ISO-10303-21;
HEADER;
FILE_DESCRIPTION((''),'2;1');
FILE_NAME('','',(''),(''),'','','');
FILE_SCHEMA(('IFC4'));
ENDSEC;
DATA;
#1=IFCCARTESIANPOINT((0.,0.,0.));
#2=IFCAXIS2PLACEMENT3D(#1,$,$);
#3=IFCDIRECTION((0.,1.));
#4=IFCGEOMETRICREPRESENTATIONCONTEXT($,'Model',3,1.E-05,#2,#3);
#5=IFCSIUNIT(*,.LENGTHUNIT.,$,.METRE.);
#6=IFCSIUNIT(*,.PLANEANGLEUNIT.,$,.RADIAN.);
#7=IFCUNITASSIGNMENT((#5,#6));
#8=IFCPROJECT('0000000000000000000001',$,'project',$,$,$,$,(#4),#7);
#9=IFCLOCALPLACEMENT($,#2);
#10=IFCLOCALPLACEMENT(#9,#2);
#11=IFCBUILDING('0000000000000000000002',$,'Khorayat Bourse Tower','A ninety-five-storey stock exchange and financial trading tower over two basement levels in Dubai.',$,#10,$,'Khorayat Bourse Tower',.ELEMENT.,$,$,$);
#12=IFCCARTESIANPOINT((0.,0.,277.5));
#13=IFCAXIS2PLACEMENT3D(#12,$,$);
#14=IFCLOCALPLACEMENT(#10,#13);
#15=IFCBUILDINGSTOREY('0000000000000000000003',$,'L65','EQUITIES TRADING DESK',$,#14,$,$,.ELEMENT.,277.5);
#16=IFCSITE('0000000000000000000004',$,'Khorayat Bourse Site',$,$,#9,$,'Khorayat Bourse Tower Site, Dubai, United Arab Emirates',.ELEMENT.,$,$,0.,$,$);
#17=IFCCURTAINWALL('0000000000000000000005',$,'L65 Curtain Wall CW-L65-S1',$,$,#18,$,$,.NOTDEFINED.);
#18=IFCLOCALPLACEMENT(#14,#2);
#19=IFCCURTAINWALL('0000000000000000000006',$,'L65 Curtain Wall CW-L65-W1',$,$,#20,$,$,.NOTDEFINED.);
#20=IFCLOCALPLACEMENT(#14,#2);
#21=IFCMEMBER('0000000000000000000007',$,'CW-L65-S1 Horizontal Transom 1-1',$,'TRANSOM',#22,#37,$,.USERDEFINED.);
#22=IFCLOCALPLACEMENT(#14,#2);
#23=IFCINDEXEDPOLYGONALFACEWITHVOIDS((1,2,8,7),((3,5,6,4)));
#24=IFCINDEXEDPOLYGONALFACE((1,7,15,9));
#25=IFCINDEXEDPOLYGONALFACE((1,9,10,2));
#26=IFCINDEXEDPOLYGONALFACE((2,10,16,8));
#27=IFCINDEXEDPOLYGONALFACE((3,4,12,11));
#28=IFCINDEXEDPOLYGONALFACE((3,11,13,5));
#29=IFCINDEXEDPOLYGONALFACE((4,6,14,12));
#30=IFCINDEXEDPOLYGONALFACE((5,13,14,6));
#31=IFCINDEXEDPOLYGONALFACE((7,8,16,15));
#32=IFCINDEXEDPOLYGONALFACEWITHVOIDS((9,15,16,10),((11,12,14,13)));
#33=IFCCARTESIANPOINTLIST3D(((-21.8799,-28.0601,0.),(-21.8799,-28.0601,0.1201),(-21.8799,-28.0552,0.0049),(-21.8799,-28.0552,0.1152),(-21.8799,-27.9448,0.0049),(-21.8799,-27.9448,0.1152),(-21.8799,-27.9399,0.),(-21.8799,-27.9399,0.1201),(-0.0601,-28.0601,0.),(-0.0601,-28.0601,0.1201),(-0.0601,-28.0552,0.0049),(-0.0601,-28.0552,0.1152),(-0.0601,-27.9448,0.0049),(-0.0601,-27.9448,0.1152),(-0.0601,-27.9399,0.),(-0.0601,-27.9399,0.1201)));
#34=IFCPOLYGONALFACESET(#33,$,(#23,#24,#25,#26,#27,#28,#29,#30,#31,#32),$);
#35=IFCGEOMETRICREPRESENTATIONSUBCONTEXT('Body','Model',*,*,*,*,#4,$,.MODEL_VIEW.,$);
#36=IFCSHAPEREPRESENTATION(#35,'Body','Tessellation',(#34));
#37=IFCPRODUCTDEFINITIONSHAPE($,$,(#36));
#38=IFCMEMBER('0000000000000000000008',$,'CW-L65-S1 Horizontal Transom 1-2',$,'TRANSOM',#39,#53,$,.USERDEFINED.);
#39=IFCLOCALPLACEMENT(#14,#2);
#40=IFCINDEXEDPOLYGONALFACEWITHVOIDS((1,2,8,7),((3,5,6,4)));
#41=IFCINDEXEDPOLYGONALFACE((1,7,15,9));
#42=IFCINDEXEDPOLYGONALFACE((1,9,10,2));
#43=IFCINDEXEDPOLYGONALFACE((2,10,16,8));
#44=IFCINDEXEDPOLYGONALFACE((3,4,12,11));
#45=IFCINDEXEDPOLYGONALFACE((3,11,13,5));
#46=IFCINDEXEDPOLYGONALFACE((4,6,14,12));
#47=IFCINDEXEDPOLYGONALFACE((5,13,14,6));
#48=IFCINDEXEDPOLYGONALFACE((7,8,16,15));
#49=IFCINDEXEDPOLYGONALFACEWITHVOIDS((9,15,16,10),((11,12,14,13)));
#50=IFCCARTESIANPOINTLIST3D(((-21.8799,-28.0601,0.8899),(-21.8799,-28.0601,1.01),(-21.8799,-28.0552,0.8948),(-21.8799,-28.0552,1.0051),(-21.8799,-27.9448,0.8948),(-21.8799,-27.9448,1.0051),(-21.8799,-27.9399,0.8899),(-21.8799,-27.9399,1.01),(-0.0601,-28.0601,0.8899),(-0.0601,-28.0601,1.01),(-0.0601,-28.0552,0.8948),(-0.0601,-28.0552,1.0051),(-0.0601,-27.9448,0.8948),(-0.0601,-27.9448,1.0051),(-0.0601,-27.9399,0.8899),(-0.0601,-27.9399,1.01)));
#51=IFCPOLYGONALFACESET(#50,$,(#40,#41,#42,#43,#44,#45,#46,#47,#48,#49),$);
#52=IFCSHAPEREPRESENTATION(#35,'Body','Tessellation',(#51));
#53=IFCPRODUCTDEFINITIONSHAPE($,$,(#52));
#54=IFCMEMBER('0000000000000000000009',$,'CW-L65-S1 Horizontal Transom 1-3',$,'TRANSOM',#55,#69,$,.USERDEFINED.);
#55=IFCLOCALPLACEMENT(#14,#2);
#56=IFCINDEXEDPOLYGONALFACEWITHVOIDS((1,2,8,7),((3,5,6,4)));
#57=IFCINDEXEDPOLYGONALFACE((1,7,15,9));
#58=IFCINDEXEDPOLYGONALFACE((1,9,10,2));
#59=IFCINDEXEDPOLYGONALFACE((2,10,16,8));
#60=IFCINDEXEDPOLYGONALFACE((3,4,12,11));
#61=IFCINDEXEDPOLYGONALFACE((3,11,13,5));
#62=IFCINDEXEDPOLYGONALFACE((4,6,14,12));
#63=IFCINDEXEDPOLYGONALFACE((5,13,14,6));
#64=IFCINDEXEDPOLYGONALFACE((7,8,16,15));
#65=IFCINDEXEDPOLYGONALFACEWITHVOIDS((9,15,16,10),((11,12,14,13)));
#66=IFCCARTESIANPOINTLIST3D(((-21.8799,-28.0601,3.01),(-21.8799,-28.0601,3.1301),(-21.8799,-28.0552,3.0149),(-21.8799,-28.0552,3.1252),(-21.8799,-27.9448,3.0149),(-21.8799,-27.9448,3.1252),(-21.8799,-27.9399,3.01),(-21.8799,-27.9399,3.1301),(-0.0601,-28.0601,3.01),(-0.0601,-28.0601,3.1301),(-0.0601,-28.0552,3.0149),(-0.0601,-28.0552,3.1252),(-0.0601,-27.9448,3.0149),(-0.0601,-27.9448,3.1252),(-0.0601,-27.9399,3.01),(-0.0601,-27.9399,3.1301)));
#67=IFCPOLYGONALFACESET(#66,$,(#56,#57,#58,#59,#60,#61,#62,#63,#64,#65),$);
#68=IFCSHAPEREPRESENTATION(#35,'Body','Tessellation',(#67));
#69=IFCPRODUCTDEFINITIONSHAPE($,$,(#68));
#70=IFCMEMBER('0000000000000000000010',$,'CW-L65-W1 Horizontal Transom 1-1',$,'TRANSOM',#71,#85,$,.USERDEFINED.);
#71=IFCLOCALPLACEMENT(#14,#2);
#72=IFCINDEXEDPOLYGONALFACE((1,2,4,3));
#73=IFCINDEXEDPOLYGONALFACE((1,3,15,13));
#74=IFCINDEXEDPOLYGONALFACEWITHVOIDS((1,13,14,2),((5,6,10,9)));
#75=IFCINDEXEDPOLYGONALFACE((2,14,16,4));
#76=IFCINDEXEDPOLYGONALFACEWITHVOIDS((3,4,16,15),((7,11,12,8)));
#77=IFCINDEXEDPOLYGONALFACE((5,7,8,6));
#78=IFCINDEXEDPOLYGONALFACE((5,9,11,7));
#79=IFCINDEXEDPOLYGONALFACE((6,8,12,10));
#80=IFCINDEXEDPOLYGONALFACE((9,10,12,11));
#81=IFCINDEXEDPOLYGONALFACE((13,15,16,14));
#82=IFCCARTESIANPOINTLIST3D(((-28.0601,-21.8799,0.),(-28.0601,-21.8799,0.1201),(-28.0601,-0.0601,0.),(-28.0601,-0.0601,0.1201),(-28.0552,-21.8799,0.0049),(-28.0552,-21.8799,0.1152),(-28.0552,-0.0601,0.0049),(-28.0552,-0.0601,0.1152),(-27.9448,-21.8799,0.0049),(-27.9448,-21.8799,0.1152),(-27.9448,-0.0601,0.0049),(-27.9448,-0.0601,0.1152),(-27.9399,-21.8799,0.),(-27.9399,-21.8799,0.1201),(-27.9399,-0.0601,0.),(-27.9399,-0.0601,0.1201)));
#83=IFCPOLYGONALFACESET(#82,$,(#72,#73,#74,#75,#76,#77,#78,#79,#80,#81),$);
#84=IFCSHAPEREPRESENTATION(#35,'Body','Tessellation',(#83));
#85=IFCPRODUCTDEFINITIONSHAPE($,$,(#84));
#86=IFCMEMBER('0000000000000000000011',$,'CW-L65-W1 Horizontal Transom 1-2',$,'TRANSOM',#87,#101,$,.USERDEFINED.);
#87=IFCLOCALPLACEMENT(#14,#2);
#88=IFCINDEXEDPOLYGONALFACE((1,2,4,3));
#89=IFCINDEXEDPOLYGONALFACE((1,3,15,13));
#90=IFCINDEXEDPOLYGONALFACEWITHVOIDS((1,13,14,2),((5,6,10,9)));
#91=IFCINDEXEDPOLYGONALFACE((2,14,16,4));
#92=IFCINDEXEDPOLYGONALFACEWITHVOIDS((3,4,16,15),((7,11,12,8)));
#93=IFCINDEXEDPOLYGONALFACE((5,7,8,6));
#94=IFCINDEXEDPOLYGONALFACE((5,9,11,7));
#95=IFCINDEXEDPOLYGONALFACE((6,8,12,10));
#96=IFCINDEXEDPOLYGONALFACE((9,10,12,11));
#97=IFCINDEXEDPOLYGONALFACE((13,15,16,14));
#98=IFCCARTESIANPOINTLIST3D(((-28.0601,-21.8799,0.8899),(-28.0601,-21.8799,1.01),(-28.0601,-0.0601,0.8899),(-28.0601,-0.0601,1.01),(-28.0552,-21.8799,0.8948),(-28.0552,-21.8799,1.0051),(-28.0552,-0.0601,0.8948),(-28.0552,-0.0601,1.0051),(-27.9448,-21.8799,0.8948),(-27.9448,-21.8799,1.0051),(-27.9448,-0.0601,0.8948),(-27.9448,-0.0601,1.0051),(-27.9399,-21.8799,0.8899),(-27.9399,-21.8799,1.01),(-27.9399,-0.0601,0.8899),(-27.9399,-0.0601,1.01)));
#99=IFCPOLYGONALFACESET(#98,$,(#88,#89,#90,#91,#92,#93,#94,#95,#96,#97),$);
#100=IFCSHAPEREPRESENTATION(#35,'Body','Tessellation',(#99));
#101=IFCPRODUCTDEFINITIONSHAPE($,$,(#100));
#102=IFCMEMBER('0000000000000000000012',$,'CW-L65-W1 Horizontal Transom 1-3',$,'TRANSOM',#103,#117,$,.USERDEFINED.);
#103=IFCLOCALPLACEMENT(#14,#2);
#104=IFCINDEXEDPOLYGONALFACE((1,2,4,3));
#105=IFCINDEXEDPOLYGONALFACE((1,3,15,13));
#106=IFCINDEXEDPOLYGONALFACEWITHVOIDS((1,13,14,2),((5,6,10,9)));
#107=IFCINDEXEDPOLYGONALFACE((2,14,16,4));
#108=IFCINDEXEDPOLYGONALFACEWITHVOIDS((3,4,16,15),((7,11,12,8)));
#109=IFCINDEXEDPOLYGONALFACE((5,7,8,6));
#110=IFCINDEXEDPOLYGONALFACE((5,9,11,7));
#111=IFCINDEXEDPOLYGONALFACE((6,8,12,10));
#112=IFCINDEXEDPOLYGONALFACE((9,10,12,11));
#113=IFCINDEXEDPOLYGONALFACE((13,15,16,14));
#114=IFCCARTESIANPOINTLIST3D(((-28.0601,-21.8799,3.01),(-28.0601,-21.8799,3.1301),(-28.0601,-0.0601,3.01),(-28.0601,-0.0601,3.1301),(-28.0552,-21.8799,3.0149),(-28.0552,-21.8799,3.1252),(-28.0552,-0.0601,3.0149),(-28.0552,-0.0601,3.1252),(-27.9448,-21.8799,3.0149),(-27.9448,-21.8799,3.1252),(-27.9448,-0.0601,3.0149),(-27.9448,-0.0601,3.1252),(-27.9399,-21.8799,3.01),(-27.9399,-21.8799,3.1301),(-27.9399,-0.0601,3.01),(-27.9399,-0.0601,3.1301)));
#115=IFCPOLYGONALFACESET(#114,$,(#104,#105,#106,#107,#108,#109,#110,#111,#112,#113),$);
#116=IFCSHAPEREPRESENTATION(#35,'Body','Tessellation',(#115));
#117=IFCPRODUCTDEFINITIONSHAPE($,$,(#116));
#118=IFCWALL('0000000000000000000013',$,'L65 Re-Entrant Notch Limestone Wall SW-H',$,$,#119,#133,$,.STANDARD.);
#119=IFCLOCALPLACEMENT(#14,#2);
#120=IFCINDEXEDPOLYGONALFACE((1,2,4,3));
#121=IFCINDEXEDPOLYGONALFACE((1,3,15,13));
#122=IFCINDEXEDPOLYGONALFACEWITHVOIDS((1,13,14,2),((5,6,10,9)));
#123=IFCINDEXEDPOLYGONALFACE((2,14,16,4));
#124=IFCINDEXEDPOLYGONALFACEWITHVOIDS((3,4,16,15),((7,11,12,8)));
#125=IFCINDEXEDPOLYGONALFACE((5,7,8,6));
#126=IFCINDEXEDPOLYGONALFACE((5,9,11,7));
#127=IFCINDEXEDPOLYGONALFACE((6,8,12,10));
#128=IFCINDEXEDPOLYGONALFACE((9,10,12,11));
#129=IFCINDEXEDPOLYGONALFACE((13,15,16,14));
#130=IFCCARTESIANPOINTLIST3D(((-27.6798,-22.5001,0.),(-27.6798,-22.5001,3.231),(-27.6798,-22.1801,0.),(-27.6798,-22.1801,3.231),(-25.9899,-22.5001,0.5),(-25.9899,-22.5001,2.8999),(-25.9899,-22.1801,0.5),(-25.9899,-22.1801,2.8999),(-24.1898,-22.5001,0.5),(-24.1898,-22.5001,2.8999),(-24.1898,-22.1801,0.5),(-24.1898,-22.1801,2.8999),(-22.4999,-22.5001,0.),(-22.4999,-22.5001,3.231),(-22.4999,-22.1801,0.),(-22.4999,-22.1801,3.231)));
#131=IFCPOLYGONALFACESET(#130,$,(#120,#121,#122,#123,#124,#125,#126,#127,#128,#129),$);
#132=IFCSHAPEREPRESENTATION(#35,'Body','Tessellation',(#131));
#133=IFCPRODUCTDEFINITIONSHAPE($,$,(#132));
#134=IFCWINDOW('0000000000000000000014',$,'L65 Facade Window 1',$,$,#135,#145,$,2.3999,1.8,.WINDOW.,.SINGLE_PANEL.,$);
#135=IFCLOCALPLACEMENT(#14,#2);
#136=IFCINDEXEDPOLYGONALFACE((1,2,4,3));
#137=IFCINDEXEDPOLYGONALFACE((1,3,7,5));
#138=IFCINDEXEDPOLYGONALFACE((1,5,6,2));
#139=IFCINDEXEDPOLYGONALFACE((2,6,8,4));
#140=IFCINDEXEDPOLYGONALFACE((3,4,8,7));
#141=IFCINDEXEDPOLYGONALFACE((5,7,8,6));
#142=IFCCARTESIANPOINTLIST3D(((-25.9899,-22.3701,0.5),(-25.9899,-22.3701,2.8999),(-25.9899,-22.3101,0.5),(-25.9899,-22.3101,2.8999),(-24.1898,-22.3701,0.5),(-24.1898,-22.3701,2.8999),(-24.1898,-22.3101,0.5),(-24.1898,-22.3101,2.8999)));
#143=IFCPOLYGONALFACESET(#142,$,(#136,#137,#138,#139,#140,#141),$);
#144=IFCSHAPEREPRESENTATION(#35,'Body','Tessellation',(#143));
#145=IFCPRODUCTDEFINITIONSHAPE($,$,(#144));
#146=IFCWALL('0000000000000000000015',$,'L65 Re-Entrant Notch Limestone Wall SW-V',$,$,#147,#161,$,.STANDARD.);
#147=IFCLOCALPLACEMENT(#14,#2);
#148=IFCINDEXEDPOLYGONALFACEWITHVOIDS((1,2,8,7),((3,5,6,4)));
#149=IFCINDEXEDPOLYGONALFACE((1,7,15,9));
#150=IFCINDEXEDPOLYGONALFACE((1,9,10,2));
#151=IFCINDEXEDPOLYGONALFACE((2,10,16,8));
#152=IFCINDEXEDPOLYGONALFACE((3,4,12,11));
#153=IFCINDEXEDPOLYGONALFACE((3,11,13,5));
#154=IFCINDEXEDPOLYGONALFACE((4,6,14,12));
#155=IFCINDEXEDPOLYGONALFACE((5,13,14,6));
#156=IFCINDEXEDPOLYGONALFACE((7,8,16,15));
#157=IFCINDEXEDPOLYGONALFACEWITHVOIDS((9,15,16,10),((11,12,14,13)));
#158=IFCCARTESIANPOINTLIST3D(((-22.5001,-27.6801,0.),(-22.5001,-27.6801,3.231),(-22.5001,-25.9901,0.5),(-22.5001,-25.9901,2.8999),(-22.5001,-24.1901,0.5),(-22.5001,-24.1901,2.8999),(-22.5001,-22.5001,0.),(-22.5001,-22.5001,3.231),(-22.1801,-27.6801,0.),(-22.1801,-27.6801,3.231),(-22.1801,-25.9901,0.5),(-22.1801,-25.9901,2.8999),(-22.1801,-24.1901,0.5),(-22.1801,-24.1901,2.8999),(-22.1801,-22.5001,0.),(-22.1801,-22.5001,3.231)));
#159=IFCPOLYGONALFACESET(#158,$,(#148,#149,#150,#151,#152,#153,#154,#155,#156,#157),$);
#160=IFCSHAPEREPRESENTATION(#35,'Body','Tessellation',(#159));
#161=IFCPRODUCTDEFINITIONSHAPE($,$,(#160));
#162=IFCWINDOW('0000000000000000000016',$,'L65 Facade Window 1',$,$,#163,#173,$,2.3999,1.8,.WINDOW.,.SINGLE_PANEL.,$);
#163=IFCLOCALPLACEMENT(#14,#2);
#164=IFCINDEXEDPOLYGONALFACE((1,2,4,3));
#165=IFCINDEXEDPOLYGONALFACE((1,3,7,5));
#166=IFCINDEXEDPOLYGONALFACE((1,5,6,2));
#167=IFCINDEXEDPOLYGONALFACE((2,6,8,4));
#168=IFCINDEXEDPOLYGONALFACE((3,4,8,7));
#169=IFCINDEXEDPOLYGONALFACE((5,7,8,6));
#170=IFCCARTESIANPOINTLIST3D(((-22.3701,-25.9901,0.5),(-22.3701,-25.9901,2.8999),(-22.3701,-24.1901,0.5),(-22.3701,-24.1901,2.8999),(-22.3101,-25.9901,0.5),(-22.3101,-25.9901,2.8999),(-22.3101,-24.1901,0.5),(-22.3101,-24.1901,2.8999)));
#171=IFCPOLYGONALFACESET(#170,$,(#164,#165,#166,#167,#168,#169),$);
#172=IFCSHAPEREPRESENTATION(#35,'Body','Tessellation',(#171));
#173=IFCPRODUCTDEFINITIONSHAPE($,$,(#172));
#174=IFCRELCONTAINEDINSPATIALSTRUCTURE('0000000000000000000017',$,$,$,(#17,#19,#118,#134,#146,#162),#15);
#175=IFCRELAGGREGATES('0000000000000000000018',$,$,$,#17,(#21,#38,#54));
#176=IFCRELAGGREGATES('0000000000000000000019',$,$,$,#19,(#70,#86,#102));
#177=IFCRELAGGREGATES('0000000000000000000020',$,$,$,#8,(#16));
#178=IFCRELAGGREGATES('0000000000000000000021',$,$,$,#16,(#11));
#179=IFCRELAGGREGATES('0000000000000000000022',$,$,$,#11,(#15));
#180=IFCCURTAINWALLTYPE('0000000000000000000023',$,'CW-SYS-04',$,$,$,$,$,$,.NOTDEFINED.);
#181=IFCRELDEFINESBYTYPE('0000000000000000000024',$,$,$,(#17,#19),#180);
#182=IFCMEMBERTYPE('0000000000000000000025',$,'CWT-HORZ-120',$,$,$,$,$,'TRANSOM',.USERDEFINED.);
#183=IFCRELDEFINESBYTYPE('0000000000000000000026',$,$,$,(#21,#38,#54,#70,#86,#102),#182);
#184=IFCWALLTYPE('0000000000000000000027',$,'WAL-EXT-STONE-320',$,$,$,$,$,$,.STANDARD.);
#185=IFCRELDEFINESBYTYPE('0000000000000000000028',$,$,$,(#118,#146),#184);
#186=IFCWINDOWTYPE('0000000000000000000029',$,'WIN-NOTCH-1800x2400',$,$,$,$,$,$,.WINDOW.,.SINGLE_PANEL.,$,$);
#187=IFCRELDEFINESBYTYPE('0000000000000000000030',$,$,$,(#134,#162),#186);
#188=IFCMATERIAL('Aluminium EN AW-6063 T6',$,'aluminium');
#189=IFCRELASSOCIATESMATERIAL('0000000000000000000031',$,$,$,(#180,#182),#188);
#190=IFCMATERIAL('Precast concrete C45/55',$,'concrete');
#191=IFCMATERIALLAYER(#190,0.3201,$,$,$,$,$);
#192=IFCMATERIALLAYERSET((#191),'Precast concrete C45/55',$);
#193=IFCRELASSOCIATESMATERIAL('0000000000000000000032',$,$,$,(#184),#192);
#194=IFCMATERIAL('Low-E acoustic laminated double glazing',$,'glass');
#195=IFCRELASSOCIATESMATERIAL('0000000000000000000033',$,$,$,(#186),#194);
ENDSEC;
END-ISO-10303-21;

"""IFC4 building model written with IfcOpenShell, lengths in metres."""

from ifc_helpers import new_model, si_unit, direction, frame, frame_2d, origin, origin_2d, place, context, subcontext, project, spatial, rectangle, hollow_rectangle, extrude, source, transform, mapped, material, layer, layer_set, material_profile, profile_set, type_object, element, fill, aggregate, save


model = new_model("IFC4")

# Units and contexts
model_context = context("Model", 3, precision=1e-05, world=origin(), true_north=direction((0.0, 1.0)))
body_context = subcontext(model_context, "Body", "Model", "MODEL_VIEW")
ifc_project = project(units=[si_unit("LENGTHUNIT", "METRE"), si_unit("PLANEANGLEUNIT", "RADIAN")], contexts=[model_context])

# Site, building, storey
site_placement = place(None, origin())
site = spatial("IfcSite", under=ifc_project, at=site_placement, Name="Khorayat Bourse Site", LongName="Khorayat Bourse Tower Site, Dubai, United Arab Emirates", CompositionType="ELEMENT", RefElevation=0.0)
building_placement = place(site_placement, origin())
building = spatial("IfcBuilding", under=site, at=building_placement, Name="Khorayat Bourse Tower", Description="A ninety-five-storey stock exchange and financial trading tower over two basement levels in Dubai.", LongName="Khorayat Bourse Tower", CompositionType="ELEMENT")
storey_placement = place(building_placement, frame((0.0, 0.0, 277.5)))
storey = spatial("IfcBuildingStorey", under=building, at=storey_placement, Name="L65", Description="EQUITIES TRADING DESK", CompositionType="ELEMENT", Elevation=277.5)

# Curtain walls
ifc_material_1 = material(Name="Aluminium EN AW-6063 T6", Category="aluminium")
curtain_wall_type = type_object("IfcCurtainWallType", Name="CW-SYS-04", PredefinedType="NOTDEFINED", material=ifc_material_1)
curtain_wall_1_placement = place(storey_placement, origin())
curtain_wall_1 = element("IfcCurtainWall", 1, at=curtain_wall_1_placement, inside=storey, type_object=curtain_wall_type, Name="L65 Curtain Wall CW-L65-S1", PredefinedType="NOTDEFINED")
curtain_wall_2_placement = place(storey_placement, origin())
curtain_wall_2 = element("IfcCurtainWall", 2, at=curtain_wall_2_placement, inside=storey, type_object=curtain_wall_type, Name="L65 Curtain Wall CW-L65-W1", PredefinedType="NOTDEFINED")

# Members
ifc_material_profile_1 = material_profile(ifc_material_1, hollow_rectangle(XDim=0.1201, YDim=0.1201, WallThickness=0.0049, at=origin_2d()), Name="ALU 120x120x5")
ifc_profile_set_1 = profile_set([ifc_material_profile_1], Name="Aluminium EN AW-6063 T6")
member_type_1 = type_object("IfcMemberType", Name="CWT-HORZ-120", ElementType="TRANSOM", PredefinedType="USERDEFINED", material=ifc_profile_set_1)
shared_shape_1 = source(origin(), body_context, "Body", "SweptSolid", [
    extrude(hollow_rectangle(XDim=0.1201, YDim=0.1201, WallThickness=0.0049, at=origin_2d()), origin(), (0.0, 0.0, 1.0), 21.8198),
])
member_1_placement = place(storey_placement, frame((-21.8799, -28.0, 0.0601), z_axis=(1.0, 0.0, 0.0), x_axis=(0.0, 1.0, 0.0)))
member_1 = element("IfcMember", 3, at=member_1_placement, type_object=member_type_1, Name="CW-L65-S1 Horizontal Transom 1-1", ObjectType="TRANSOM", PredefinedType="USERDEFINED", context=body_context, shape_type="MappedRepresentation", body=[
    mapped(shared_shape_1, transform((0.0, 0.0, 0.0), scale=1.0)),
])
member_2_placement = place(storey_placement, frame((-21.8799, -28.0, 0.95), z_axis=(1.0, 0.0, 0.0), x_axis=(0.0, 1.0, 0.0)))
member_2 = element("IfcMember", 4, at=member_2_placement, type_object=member_type_1, Name="CW-L65-S1 Horizontal Transom 1-2", ObjectType="TRANSOM", PredefinedType="USERDEFINED", context=body_context, shape_type="MappedRepresentation", body=[
    mapped(shared_shape_1, transform((0.0, 0.0, 0.0), scale=1.0)),
])
member_3_placement = place(storey_placement, frame((-21.8799, -28.0, 3.0701), z_axis=(1.0, 0.0, 0.0), x_axis=(0.0, 1.0, 0.0)))
member_3 = element("IfcMember", 5, at=member_3_placement, type_object=member_type_1, Name="CW-L65-S1 Horizontal Transom 1-3", ObjectType="TRANSOM", PredefinedType="USERDEFINED", context=body_context, shape_type="MappedRepresentation", body=[
    mapped(shared_shape_1, transform((0.0, 0.0, 0.0), scale=1.0)),
])
aggregate(curtain_wall_1, [member_1, member_2, member_3])
member_4_placement = place(storey_placement, frame((-28.0, -21.8799, 0.0601), z_axis=(0.0, 1.0, 0.0), x_axis=(-1.0, 0.0, 0.0)))
member_4 = element("IfcMember", 6, at=member_4_placement, type_object=member_type_1, Name="CW-L65-W1 Horizontal Transom 1-1", ObjectType="TRANSOM", PredefinedType="USERDEFINED", context=body_context, shape_type="MappedRepresentation", body=[
    mapped(shared_shape_1, transform((0.0, 0.0, 0.0), scale=1.0)),
])
member_5_placement = place(storey_placement, frame((-28.0, -21.8799, 0.95), z_axis=(0.0, 1.0, 0.0), x_axis=(-1.0, 0.0, 0.0)))
member_5 = element("IfcMember", 7, at=member_5_placement, type_object=member_type_1, Name="CW-L65-W1 Horizontal Transom 1-2", ObjectType="TRANSOM", PredefinedType="USERDEFINED", context=body_context, shape_type="MappedRepresentation", body=[
    mapped(shared_shape_1, transform((0.0, 0.0, 0.0), scale=1.0)),
])
member_6_placement = place(storey_placement, frame((-28.0, -21.8799, 3.0701), z_axis=(0.0, 1.0, 0.0), x_axis=(-1.0, 0.0, 0.0)))
member_6 = element("IfcMember", 8, at=member_6_placement, type_object=member_type_1, Name="CW-L65-W1 Horizontal Transom 1-3", ObjectType="TRANSOM", PredefinedType="USERDEFINED", context=body_context, shape_type="MappedRepresentation", body=[
    mapped(shared_shape_1, transform((0.0, 0.0, 0.0), scale=1.0)),
])
aggregate(curtain_wall_2, [member_4, member_5, member_6])

# Walls, openings, windows
ifc_material_2 = material(Name="Precast concrete C45/55", Category="concrete")
ifc_layer_1 = layer(ifc_material_2, 0.3201)
ifc_layer_set_1 = layer_set([ifc_layer_1], Name="Precast concrete C45/55")
wall_type_1 = type_object("IfcWallType", Name="WAL-EXT-STONE-320", PredefinedType="STANDARD", material=ifc_layer_set_1)
shared_shape_2 = source(origin(), body_context, "Body", "SweptSolid", [
    extrude(rectangle(XDim=5.1799, YDim=0.3201, at=frame_2d((2.5898, 0.0))), origin(), (0.0, 0.0, 1.0), 3.231),
])
wall_1_placement = place(storey_placement, frame((-22.5, -22.3401, 0.0), z_axis=(0.0, 0.0, 1.0), x_axis=(-1.0, 0.0, 0.0)))
wall_1 = element("IfcWall", 9, at=wall_1_placement, inside=storey, type_object=wall_type_1, Name="L65 Re-Entrant Notch Limestone Wall SW-H", PredefinedType="STANDARD", context=body_context, shape_type="MappedRepresentation", body=[
    mapped(shared_shape_2, transform((0.0, 0.0, 0.0), scale=1.0)),
])
shared_shape_3 = source(origin(), body_context, "Body", "SweptSolid", [
    extrude(rectangle(XDim=1.8, YDim=2.3999, at=frame_2d((0.8999, 1.2))), frame((0.0, 0.1699, 0.0), z_axis=(0.0, -1.0, 0.0), x_axis=(1.0, 0.0, 0.0)), (0.0, 0.0, 1.0), 0.3401),
])
opening_1_placement = place(wall_1_placement, frame((1.6899, 0.0, 0.5)))
opening_1 = element("IfcOpeningElement", 10, at=opening_1_placement, cuts=wall_1, PredefinedType="OPENING", context=body_context, shape_type="MappedRepresentation", body=[
    mapped(shared_shape_3, transform((0.0, 0.0, 0.0), scale=1.0)),
])
ifc_material_3 = material(Name="Low-E acoustic laminated double glazing", Category="glass")
window_type = type_object("IfcWindowType", Name="WIN-NOTCH-1800x2400", PartitioningType="SINGLE_PANEL", PredefinedType="WINDOW", material=ifc_material_3)
shared_shape_4 = source(origin(), body_context, "Body", "SweptSolid", [
    extrude(rectangle(XDim=1.8, YDim=2.3999, at=frame_2d((0.8999, 1.2))), frame((0.0, 0.03, 0.0), z_axis=(0.0, -1.0, 0.0), x_axis=(1.0, 0.0, 0.0)), (0.0, 0.0, 1.0), 0.0601),
])
window_1_placement = place(opening_1_placement, origin())
window_1 = element("IfcWindow", 11, at=window_1_placement, inside=storey, type_object=window_type, Name="L65 Facade Window 1", OverallHeight=2.3999, OverallWidth=1.8, PartitioningType="SINGLE_PANEL", PredefinedType="WINDOW", context=body_context, shape_type="MappedRepresentation", body=[
    mapped(shared_shape_4, transform((0.0, 0.0, 0.0), scale=1.0)),
])
fill(opening_1, window_1)
wall_2_placement = place(storey_placement, frame((-22.3401, -27.6799, 0.0), z_axis=(0.0, 0.0, 1.0), x_axis=(0.0, 1.0, 0.0)))
wall_2 = element("IfcWall", 12, at=wall_2_placement, inside=storey, type_object=wall_type_1, Name="L65 Re-Entrant Notch Limestone Wall SW-V", PredefinedType="STANDARD", context=body_context, shape_type="MappedRepresentation", body=[
    mapped(shared_shape_2, transform((0.0, 0.0, 0.0), scale=1.0)),
])
opening_2_placement = place(wall_2_placement, frame((1.6899, 0.0, 0.5)))
opening_2 = element("IfcOpeningElement", 13, at=opening_2_placement, cuts=wall_2, PredefinedType="OPENING", context=body_context, shape_type="MappedRepresentation", body=[
    mapped(shared_shape_3, transform((0.0, 0.0, 0.0), scale=1.0)),
])
window_2_placement = place(opening_2_placement, origin())
window_2 = element("IfcWindow", 14, at=window_2_placement, inside=storey, type_object=window_type, Name="L65 Facade Window 1", OverallHeight=2.3999, OverallWidth=1.8, PartitioningType="SINGLE_PANEL", PredefinedType="WINDOW", context=body_context, shape_type="MappedRepresentation", body=[
    mapped(shared_shape_4, transform((0.0, 0.0, 0.0), scale=1.0)),
])
fill(opening_2, window_2)

save(model, "model.ifc")
